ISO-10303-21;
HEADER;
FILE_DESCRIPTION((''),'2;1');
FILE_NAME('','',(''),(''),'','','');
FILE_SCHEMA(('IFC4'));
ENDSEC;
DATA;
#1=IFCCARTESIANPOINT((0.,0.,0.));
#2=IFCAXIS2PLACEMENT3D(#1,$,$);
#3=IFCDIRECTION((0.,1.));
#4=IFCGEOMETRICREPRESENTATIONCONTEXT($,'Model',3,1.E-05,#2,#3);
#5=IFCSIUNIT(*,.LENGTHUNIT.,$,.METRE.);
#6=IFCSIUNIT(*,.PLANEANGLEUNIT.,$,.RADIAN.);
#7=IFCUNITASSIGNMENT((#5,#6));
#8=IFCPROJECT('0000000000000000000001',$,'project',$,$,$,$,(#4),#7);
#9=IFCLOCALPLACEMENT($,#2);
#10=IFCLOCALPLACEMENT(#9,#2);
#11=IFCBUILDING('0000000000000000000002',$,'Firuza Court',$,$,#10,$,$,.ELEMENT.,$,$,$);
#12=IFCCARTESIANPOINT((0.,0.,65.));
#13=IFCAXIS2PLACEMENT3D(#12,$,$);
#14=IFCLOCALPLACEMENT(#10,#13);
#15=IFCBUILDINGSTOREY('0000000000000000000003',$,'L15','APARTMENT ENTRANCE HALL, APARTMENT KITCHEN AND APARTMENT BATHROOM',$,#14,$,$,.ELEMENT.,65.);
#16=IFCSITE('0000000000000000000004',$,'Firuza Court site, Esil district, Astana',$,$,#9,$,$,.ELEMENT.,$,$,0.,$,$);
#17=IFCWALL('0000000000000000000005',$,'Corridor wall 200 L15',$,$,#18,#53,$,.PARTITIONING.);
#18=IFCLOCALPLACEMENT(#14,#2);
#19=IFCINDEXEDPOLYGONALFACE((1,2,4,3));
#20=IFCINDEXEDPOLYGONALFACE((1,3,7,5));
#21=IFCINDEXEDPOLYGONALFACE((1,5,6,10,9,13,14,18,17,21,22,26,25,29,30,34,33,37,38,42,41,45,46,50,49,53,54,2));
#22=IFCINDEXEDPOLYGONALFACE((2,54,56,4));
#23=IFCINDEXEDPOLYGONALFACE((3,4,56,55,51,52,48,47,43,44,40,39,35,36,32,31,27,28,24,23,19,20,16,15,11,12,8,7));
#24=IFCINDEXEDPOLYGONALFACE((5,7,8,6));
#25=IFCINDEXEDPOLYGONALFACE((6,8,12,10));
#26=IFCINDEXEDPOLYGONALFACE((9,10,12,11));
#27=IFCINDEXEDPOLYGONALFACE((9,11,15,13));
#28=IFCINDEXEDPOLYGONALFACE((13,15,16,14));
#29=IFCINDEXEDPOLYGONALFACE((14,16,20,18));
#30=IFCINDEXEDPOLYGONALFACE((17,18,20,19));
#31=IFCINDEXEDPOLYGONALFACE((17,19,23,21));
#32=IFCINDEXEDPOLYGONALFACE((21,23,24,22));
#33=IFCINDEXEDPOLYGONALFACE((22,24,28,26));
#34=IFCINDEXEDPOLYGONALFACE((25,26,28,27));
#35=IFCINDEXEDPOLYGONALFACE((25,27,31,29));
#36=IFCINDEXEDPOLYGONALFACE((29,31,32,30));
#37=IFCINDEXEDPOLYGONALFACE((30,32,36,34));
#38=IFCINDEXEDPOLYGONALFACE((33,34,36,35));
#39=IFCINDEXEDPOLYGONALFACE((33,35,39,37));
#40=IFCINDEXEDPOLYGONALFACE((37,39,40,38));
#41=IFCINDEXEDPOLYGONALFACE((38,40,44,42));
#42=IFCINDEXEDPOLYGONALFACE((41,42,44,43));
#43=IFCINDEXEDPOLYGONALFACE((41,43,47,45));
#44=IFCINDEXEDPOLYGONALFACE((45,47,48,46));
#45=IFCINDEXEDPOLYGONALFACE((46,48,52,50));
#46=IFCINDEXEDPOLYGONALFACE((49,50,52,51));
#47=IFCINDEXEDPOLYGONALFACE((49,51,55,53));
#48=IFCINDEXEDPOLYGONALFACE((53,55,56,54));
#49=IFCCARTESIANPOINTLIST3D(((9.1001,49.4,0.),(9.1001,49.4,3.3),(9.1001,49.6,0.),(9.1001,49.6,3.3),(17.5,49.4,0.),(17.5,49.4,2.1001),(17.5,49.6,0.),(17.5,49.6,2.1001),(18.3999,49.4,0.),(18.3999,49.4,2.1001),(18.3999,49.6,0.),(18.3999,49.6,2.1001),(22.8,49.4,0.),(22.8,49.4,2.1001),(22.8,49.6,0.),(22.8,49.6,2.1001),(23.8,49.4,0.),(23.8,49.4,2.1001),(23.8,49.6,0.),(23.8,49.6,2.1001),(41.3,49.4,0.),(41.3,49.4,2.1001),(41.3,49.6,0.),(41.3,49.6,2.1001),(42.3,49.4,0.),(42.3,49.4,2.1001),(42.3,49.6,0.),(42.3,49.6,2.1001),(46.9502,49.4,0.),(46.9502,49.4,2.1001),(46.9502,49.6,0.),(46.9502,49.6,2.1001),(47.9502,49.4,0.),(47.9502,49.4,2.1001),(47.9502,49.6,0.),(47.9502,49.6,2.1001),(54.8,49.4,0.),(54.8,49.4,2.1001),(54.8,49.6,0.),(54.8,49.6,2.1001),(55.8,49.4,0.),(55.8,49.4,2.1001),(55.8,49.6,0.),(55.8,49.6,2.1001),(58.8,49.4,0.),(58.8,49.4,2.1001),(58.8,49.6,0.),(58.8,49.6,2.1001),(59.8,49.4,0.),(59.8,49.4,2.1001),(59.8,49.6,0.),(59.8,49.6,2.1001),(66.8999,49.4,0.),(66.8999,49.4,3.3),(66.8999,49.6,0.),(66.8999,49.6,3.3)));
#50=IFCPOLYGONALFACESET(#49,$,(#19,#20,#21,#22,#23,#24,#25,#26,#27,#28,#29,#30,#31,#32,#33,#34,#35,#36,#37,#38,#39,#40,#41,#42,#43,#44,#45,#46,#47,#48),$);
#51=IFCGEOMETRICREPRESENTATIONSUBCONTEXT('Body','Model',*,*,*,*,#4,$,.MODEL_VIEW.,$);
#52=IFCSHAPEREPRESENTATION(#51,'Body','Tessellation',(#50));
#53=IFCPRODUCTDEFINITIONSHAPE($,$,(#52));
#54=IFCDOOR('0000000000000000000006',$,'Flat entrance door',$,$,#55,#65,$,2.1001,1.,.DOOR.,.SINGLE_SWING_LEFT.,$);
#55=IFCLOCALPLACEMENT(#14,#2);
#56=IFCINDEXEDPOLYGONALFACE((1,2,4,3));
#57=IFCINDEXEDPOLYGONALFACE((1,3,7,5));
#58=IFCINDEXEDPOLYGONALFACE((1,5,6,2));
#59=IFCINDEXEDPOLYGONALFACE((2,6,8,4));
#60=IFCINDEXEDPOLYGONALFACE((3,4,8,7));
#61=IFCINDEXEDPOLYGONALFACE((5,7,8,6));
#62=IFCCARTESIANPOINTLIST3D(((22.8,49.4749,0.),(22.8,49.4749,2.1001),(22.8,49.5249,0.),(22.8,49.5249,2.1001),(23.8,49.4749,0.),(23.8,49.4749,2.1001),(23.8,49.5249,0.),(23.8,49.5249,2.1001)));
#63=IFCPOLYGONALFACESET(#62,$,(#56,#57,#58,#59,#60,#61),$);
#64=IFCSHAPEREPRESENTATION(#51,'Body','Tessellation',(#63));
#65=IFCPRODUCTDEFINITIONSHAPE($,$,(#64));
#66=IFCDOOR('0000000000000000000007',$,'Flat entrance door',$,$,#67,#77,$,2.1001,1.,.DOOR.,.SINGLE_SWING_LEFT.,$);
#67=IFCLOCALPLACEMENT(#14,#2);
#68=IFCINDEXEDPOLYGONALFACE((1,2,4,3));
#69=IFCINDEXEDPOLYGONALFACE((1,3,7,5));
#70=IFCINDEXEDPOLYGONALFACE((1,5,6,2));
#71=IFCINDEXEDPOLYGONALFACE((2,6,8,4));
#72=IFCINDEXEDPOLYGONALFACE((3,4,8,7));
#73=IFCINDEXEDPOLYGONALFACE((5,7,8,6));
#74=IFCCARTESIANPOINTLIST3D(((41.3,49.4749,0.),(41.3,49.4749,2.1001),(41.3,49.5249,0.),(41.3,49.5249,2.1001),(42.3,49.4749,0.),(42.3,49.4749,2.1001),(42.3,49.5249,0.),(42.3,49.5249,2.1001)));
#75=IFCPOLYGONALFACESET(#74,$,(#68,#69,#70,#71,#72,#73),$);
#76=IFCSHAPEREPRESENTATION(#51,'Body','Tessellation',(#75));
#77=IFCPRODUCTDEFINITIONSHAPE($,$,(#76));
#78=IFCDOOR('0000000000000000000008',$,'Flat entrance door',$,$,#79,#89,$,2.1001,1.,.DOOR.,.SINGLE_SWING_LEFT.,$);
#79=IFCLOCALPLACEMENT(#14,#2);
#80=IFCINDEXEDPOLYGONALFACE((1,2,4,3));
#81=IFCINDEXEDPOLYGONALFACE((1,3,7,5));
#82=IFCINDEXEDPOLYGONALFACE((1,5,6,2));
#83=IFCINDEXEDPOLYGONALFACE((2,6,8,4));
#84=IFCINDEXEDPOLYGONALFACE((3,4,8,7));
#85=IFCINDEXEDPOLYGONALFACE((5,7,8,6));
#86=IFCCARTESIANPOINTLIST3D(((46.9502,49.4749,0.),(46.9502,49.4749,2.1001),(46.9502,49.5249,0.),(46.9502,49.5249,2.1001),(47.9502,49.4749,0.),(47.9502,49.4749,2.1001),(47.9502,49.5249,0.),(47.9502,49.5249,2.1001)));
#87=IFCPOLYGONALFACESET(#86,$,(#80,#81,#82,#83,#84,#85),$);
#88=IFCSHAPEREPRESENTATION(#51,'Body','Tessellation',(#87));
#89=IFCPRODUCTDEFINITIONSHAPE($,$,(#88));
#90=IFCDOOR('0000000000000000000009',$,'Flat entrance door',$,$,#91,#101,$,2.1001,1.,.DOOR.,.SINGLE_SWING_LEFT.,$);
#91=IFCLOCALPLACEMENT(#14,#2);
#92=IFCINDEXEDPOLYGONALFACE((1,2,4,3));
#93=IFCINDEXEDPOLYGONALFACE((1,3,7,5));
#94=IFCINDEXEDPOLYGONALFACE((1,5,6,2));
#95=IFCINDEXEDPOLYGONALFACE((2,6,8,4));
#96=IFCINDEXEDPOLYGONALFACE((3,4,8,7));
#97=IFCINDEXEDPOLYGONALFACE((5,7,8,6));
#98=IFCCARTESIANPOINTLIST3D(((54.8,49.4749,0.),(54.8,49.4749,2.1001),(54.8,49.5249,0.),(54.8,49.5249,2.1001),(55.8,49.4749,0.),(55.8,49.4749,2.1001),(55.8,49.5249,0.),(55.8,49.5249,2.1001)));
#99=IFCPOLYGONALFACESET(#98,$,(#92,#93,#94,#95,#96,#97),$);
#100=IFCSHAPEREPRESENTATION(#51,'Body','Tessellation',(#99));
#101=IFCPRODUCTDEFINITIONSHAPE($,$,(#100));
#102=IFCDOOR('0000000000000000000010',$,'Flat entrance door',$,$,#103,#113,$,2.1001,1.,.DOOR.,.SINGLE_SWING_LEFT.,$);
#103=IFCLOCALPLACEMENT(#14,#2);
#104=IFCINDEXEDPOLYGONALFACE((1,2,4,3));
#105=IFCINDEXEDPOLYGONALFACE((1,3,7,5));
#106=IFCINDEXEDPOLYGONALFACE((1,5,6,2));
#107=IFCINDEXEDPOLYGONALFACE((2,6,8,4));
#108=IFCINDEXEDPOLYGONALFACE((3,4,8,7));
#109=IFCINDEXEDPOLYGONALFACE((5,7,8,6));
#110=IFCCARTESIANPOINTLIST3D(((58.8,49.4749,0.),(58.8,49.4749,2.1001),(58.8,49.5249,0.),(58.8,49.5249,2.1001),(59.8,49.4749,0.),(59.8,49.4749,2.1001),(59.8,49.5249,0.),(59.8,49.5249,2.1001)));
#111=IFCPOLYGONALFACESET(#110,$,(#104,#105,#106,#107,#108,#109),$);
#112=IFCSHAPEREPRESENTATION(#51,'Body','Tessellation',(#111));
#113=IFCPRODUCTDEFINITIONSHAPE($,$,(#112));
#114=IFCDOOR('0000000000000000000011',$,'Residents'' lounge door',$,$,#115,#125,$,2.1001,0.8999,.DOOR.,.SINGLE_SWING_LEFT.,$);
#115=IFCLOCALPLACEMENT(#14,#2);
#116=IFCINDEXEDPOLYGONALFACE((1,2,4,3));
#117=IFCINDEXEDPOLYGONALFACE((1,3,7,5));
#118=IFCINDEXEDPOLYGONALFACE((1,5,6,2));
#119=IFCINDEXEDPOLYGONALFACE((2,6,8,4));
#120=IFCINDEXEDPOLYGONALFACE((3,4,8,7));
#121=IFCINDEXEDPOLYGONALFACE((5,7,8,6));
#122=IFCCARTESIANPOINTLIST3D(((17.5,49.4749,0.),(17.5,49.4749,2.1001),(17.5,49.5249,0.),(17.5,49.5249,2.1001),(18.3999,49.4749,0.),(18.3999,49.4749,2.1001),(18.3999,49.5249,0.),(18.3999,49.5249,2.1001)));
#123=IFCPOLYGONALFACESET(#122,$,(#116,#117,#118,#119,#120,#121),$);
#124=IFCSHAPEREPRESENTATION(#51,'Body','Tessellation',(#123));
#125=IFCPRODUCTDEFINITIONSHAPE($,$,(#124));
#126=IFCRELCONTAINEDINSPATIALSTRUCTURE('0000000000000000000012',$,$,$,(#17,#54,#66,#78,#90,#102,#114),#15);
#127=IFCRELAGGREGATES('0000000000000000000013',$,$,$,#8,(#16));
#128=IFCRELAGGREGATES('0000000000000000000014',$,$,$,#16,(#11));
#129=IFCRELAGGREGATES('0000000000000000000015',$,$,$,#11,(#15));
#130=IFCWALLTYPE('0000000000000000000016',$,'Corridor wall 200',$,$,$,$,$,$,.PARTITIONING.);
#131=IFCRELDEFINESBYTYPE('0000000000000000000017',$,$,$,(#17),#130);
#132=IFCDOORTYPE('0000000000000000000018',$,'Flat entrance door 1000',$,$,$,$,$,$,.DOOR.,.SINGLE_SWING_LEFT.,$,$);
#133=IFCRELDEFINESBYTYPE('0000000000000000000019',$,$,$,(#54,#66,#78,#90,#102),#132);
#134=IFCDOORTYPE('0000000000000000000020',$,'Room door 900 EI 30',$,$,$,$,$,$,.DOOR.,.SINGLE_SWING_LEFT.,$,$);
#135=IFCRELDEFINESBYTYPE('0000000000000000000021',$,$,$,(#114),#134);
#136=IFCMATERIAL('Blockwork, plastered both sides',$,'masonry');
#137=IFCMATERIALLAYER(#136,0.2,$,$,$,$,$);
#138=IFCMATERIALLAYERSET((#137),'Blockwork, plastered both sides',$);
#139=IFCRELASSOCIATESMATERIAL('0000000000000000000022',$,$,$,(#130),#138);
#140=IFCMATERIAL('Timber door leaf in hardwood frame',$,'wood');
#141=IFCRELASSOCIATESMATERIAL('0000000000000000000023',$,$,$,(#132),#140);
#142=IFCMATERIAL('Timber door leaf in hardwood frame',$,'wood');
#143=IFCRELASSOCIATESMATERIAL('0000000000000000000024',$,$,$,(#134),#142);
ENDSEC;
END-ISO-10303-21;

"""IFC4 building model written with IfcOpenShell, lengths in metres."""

from ifc_helpers import new_model, si_unit, direction, frame, frame_2d, origin, place, context, subcontext, project, spatial, rectangle, extrude, material, layer, layer_set, type_object, element, fill, save


model = new_model("IFC4")

# Units and contexts
model_context = context("Model", 3, precision=1e-05, world=origin(), true_north=direction((0.0, 1.0)))
body_context = subcontext(model_context, "Body", "Model", "MODEL_VIEW")
ifc_project = project(units=[si_unit("LENGTHUNIT", "METRE"), si_unit("PLANEANGLEUNIT", "RADIAN")], contexts=[model_context])

# Site, building, storey
site_placement = place(None, origin())
site = spatial("IfcSite", under=ifc_project, at=site_placement, Name="Firuza Court site, Esil district, Astana", CompositionType="ELEMENT", RefElevation=0.0)
building_placement = place(site_placement, origin())
building = spatial("IfcBuilding", under=site, at=building_placement, Name="Firuza Court", CompositionType="ELEMENT")
storey_placement = place(building_placement, frame((0.0, 0.0, 65.0)))
storey = spatial("IfcBuildingStorey", under=building, at=storey_placement, Name="L15", Description="APARTMENT ENTRANCE HALL, APARTMENT KITCHEN AND APARTMENT BATHROOM", CompositionType="ELEMENT", Elevation=65.0)

# Wall, openings, doors
ifc_material_1 = material(Name="Blockwork, plastered both sides", Category="masonry")
ifc_layer_1 = layer(ifc_material_1, 0.2)
ifc_layer_set_1 = layer_set([ifc_layer_1], Name="Blockwork, plastered both sides")
wall_type_1 = type_object("IfcWallType", Name="Corridor wall 200", PredefinedType="PARTITIONING", material=ifc_layer_set_1)
wall_1_placement = place(storey_placement, frame((9.1001, 49.5, 0.0), z_axis=(0.0, 0.0, 1.0), x_axis=(1.0, 0.0, 0.0)))
wall_1 = element("IfcWall", 1, at=wall_1_placement, inside=storey, type_object=wall_type_1, Name="Corridor wall 200 L15", PredefinedType="PARTITIONING", context=body_context, shape_type="SweptSolid", body=[
    extrude(rectangle(XDim=57.7998, YDim=0.2, at=frame_2d((28.8999, 0.0))), origin(), (0.0, 0.0, 1.0), 3.3),
])
opening_1_placement = place(wall_1_placement, frame((13.7, 0.0, 0.0)))
opening_1 = element("IfcOpeningElement", 2, at=opening_1_placement, cuts=wall_1, PredefinedType="OPENING", context=body_context, shape_type="SweptSolid", body=[
    extrude(rectangle(XDim=1.0, YDim=2.1001, at=frame_2d((0.5, 1.05))), frame((0.0, 0.1118, 0.0), z_axis=(0.0, -1.0, 0.0), x_axis=(1.0, 0.0, 0.0)), (0.0, 0.0, 1.0), 0.2239),
])
opening_2_placement = place(wall_1_placement, frame((32.2, 0.0, 0.0)))
opening_2 = element("IfcOpeningElement", 3, at=opening_2_placement, cuts=wall_1, PredefinedType="OPENING", context=body_context, shape_type="SweptSolid", body=[
    extrude(rectangle(XDim=1.0, YDim=2.1001, at=frame_2d((0.5, 1.05))), frame((0.0, 0.1118, 0.0), z_axis=(0.0, -1.0, 0.0), x_axis=(1.0, 0.0, 0.0)), (0.0, 0.0, 1.0), 0.2239),
])
opening_3_placement = place(wall_1_placement, frame((37.8501, 0.0, 0.0)))
opening_3 = element("IfcOpeningElement", 4, at=opening_3_placement, cuts=wall_1, PredefinedType="OPENING", context=body_context, shape_type="SweptSolid", body=[
    extrude(rectangle(XDim=1.0, YDim=2.1001, at=frame_2d((0.5, 1.05))), frame((0.0, 0.1118, 0.0), z_axis=(0.0, -1.0, 0.0), x_axis=(1.0, 0.0, 0.0)), (0.0, 0.0, 1.0), 0.2239),
])
opening_4_placement = place(wall_1_placement, frame((45.7, 0.0, 0.0)))
opening_4 = element("IfcOpeningElement", 5, at=opening_4_placement, cuts=wall_1, PredefinedType="OPENING", context=body_context, shape_type="SweptSolid", body=[
    extrude(rectangle(XDim=1.0, YDim=2.1001, at=frame_2d((0.5, 1.05))), frame((0.0, 0.1118, 0.0), z_axis=(0.0, -1.0, 0.0), x_axis=(1.0, 0.0, 0.0)), (0.0, 0.0, 1.0), 0.2239),
])
opening_5_placement = place(wall_1_placement, frame((49.7, 0.0, 0.0)))
opening_5 = element("IfcOpeningElement", 6, at=opening_5_placement, cuts=wall_1, PredefinedType="OPENING", context=body_context, shape_type="SweptSolid", body=[
    extrude(rectangle(XDim=1.0, YDim=2.1001, at=frame_2d((0.5, 1.05))), frame((0.0, 0.1118, 0.0), z_axis=(0.0, -1.0, 0.0), x_axis=(1.0, 0.0, 0.0)), (0.0, 0.0, 1.0), 0.2239),
])
opening_6_placement = place(wall_1_placement, frame((8.3999, 0.0, 0.0)))
opening_6 = element("IfcOpeningElement", 7, at=opening_6_placement, cuts=wall_1, PredefinedType="OPENING", context=body_context, shape_type="SweptSolid", body=[
    extrude(rectangle(XDim=0.8999, YDim=2.1001, at=frame_2d((0.45, 1.05))), frame((0.0, 0.1118, 0.0), z_axis=(0.0, -1.0, 0.0), x_axis=(1.0, 0.0, 0.0)), (0.0, 0.0, 1.0), 0.2239),
])
ifc_material_2 = material(Name="Timber door leaf in hardwood frame", Category="wood")
door_type_1 = type_object("IfcDoorType", Name="Flat entrance door 1000", OperationType="SINGLE_SWING_LEFT", PredefinedType="DOOR", material=ifc_material_2)
door_1_placement = place(opening_1_placement, origin())
door_1 = element("IfcDoor", 8, at=door_1_placement, inside=storey, type_object=door_type_1, Name="Flat entrance door", OperationType="SINGLE_SWING_LEFT", OverallHeight=2.1001, OverallWidth=1.0, PredefinedType="DOOR", context=body_context, shape_type="SweptSolid", body=[
    extrude(rectangle(XDim=1.0, YDim=2.1001, at=frame_2d((0.5, 1.05))), frame((0.0, 0.0249, 0.0), z_axis=(0.0, -1.0, 0.0), x_axis=(1.0, 0.0, 0.0)), (0.0, 0.0, 1.0), 0.05),
])
fill(opening_1, door_1)
door_2_placement = place(opening_2_placement, origin())
door_2 = element("IfcDoor", 9, at=door_2_placement, inside=storey, type_object=door_type_1, Name="Flat entrance door", OperationType="SINGLE_SWING_LEFT", OverallHeight=2.1001, OverallWidth=1.0, PredefinedType="DOOR", context=body_context, shape_type="SweptSolid", body=[
    extrude(rectangle(XDim=1.0, YDim=2.1001, at=frame_2d((0.5, 1.05))), frame((0.0, 0.0249, 0.0), z_axis=(0.0, -1.0, 0.0), x_axis=(1.0, 0.0, 0.0)), (0.0, 0.0, 1.0), 0.05),
])
fill(opening_2, door_2)
door_3_placement = place(opening_3_placement, origin())
door_3 = element("IfcDoor", 10, at=door_3_placement, inside=storey, type_object=door_type_1, Name="Flat entrance door", OperationType="SINGLE_SWING_LEFT", OverallHeight=2.1001, OverallWidth=1.0, PredefinedType="DOOR", context=body_context, shape_type="SweptSolid", body=[
    extrude(rectangle(XDim=1.0, YDim=2.1001, at=frame_2d((0.5, 1.05))), frame((0.0, 0.0249, 0.0), z_axis=(0.0, -1.0, 0.0), x_axis=(1.0, 0.0, 0.0)), (0.0, 0.0, 1.0), 0.05),
])
fill(opening_3, door_3)
door_4_placement = place(opening_4_placement, origin())
door_4 = element("IfcDoor", 11, at=door_4_placement, inside=storey, type_object=door_type_1, Name="Flat entrance door", OperationType="SINGLE_SWING_LEFT", OverallHeight=2.1001, OverallWidth=1.0, PredefinedType="DOOR", context=body_context, shape_type="SweptSolid", body=[
    extrude(rectangle(XDim=1.0, YDim=2.1001, at=frame_2d((0.5, 1.05))), frame((0.0, 0.0249, 0.0), z_axis=(0.0, -1.0, 0.0), x_axis=(1.0, 0.0, 0.0)), (0.0, 0.0, 1.0), 0.05),
])
fill(opening_4, door_4)
door_5_placement = place(opening_5_placement, origin())
door_5 = element("IfcDoor", 12, at=door_5_placement, inside=storey, type_object=door_type_1, Name="Flat entrance door", OperationType="SINGLE_SWING_LEFT", OverallHeight=2.1001, OverallWidth=1.0, PredefinedType="DOOR", context=body_context, shape_type="SweptSolid", body=[
    extrude(rectangle(XDim=1.0, YDim=2.1001, at=frame_2d((0.5, 1.05))), frame((0.0, 0.0249, 0.0), z_axis=(0.0, -1.0, 0.0), x_axis=(1.0, 0.0, 0.0)), (0.0, 0.0, 1.0), 0.05),
])
fill(opening_5, door_5)
ifc_material_3 = material(Name="Timber door leaf in hardwood frame", Category="wood")
door_type_2 = type_object("IfcDoorType", Name="Room door 900 EI 30", OperationType="SINGLE_SWING_LEFT", PredefinedType="DOOR", material=ifc_material_3)
door_6_placement = place(opening_6_placement, origin())
door_6 = element("IfcDoor", 13, at=door_6_placement, inside=storey, type_object=door_type_2, Name="Residents' lounge door", OperationType="SINGLE_SWING_LEFT", OverallHeight=2.1001, OverallWidth=0.8999, PredefinedType="DOOR", context=body_context, shape_type="SweptSolid", body=[
    extrude(rectangle(XDim=0.8999, YDim=2.1001, at=frame_2d((0.45, 1.05))), frame((0.0, 0.0249, 0.0), z_axis=(0.0, -1.0, 0.0), x_axis=(1.0, 0.0, 0.0)), (0.0, 0.0, 1.0), 0.05),
])
fill(opening_6, door_6)

save(model, "model.ifc")
